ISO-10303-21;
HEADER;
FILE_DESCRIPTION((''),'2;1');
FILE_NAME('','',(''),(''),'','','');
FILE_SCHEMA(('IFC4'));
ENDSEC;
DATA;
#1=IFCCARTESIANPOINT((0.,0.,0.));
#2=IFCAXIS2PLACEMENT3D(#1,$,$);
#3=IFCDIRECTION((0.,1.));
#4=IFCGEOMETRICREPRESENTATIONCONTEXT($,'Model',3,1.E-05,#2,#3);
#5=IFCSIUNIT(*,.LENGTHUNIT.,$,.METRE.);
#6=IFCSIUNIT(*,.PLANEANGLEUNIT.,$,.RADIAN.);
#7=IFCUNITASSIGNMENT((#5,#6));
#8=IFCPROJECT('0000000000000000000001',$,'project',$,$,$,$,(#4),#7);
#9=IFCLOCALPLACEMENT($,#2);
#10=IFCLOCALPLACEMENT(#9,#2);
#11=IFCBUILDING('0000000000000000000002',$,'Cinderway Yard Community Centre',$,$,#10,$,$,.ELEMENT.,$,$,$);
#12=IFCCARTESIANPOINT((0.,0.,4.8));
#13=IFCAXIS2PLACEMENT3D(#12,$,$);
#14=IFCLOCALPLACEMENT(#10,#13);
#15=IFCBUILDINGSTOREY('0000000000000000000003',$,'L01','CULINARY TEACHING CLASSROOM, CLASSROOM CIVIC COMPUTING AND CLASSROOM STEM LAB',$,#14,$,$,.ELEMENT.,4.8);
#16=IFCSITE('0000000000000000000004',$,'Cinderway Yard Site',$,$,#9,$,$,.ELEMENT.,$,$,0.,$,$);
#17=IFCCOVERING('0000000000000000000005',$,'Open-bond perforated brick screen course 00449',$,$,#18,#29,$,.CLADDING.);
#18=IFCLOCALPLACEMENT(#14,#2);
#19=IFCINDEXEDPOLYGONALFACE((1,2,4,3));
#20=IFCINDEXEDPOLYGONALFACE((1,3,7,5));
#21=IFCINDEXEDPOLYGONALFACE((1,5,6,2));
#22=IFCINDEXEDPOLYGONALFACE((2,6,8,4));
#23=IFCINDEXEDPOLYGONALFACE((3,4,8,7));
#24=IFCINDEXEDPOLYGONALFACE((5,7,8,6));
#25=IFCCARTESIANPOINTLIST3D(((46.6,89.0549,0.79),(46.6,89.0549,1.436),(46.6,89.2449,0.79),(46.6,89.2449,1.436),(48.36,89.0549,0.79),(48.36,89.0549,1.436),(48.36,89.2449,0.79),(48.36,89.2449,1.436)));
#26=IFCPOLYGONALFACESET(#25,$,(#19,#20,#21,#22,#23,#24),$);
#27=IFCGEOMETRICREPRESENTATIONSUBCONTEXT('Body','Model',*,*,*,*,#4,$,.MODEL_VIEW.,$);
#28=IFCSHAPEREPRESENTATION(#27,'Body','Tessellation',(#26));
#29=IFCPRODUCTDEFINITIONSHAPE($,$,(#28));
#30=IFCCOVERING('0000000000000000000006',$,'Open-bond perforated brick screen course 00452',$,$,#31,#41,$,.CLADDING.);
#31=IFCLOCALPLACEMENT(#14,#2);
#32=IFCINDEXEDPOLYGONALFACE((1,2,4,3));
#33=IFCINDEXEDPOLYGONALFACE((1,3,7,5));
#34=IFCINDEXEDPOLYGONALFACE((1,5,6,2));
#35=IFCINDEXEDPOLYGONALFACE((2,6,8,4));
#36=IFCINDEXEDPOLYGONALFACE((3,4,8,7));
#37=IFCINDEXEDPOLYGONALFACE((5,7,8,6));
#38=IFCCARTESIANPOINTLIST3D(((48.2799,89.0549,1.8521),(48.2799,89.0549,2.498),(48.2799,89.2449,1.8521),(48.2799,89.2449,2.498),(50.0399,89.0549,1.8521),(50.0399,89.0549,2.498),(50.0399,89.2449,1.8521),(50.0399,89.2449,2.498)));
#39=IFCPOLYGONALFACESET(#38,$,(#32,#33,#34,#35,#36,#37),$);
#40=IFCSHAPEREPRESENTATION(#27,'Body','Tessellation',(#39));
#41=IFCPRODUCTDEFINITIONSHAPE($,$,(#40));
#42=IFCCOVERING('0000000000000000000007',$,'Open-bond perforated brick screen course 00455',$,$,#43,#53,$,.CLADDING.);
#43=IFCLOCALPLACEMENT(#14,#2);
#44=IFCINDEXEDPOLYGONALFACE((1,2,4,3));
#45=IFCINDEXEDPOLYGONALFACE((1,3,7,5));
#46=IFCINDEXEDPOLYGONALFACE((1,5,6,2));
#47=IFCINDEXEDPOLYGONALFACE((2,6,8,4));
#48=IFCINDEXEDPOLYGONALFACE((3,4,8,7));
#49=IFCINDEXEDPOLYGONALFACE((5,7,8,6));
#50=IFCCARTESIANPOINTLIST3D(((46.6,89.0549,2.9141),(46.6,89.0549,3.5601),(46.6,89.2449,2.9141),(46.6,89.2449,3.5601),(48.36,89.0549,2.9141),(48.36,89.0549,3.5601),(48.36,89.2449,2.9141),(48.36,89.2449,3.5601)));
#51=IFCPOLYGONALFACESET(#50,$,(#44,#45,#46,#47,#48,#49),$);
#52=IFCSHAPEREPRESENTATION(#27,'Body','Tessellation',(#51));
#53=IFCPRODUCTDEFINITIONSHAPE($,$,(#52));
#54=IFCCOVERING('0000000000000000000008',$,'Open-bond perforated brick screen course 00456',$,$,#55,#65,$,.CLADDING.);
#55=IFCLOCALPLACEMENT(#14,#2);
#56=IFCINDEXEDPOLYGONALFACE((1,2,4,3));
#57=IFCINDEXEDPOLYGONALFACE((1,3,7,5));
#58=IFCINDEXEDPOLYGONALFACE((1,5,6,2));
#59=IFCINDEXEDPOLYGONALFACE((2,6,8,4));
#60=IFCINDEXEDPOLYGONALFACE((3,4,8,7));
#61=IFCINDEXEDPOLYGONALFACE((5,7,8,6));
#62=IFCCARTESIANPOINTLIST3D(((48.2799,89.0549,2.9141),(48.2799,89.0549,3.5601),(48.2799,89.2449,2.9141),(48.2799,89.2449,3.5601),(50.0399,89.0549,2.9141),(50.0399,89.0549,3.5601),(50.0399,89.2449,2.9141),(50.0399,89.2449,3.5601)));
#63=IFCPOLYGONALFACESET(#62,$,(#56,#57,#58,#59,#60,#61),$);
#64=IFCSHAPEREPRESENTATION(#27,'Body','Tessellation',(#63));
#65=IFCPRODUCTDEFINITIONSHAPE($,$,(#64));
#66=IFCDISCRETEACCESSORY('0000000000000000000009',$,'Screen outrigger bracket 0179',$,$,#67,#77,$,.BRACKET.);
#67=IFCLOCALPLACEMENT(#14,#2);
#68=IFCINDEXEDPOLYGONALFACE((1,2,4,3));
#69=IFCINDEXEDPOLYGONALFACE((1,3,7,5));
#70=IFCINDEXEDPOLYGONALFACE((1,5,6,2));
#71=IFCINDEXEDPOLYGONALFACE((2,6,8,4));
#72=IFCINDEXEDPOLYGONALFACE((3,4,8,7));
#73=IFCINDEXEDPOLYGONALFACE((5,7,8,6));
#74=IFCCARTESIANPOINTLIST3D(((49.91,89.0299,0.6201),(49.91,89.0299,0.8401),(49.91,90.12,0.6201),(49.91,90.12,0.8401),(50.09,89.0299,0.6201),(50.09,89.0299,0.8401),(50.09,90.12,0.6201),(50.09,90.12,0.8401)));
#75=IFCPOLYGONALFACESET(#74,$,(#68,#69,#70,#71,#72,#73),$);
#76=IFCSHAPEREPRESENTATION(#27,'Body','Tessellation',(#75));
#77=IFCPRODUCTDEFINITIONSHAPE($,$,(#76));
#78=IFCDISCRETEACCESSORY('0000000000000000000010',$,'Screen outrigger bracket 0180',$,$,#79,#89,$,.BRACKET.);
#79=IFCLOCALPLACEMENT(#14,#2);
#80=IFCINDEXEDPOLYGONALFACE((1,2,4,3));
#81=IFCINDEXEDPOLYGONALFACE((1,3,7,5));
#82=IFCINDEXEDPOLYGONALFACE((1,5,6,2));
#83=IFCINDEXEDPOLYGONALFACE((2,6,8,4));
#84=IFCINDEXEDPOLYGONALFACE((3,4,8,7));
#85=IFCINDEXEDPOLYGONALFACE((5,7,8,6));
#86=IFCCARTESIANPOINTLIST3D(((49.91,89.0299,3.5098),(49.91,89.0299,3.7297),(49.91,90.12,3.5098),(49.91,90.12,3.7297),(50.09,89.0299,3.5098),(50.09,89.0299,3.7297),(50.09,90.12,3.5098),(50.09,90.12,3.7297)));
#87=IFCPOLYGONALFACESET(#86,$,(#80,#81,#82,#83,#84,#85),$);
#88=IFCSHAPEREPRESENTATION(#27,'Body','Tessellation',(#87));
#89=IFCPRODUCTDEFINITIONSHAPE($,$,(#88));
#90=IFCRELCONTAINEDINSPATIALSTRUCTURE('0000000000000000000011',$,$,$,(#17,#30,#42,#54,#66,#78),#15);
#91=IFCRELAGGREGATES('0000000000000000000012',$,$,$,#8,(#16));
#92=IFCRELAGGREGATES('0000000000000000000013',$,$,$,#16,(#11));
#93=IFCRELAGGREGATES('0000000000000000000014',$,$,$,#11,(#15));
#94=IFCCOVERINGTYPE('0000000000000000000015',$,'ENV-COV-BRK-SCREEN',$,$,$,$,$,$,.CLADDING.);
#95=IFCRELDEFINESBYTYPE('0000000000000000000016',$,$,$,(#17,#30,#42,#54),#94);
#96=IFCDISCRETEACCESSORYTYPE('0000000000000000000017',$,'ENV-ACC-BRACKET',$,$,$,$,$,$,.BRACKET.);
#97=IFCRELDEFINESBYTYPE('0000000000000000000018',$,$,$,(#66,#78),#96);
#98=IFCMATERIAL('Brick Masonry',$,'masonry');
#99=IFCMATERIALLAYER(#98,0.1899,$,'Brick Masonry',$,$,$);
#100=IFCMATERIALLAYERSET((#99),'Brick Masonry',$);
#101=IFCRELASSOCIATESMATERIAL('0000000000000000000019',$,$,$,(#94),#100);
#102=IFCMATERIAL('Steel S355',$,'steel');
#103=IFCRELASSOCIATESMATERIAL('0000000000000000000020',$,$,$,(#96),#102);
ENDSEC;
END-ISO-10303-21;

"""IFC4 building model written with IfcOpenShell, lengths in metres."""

from ifc_helpers import new_model, si_unit, direction, frame, origin, origin_2d, place, context, subcontext, project, spatial, rectangle, extrude, material, layer, layer_set, type_object, element, save


model = new_model("IFC4")

# Units and contexts
model_context = context("Model", 3, precision=1e-05, world=origin(), true_north=direction((0.0, 1.0)))
body_context = subcontext(model_context, "Body", "Model", "MODEL_VIEW")
ifc_project = project(units=[si_unit("LENGTHUNIT", "METRE"), si_unit("PLANEANGLEUNIT", "RADIAN")], contexts=[model_context])

# Site, building, storey
site_placement = place(None, origin())
site = spatial("IfcSite", under=ifc_project, at=site_placement, Name="Cinderway Yard Site", CompositionType="ELEMENT", RefElevation=0.0)
building_placement = place(site_placement, origin())
building = spatial("IfcBuilding", under=site, at=building_placement, Name="Cinderway Yard Community Centre", CompositionType="ELEMENT")
storey_placement = place(building_placement, frame((0.0, 0.0, 4.8)))
storey = spatial("IfcBuildingStorey", under=building, at=storey_placement, Name="L01", Description="CULINARY TEACHING CLASSROOM, CLASSROOM CIVIC COMPUTING AND CLASSROOM STEM LAB", CompositionType="ELEMENT", Elevation=4.8)

# Shared definitions
ifc_material_1 = material(Name="Steel S355", Category="steel")

# Coverings
ifc_material_2 = material(Name="Brick Masonry", Category="masonry")
ifc_layer_1 = layer(ifc_material_2, 0.1899, Name="Brick Masonry")
ifc_layer_set_1 = layer_set([ifc_layer_1], Name="Brick Masonry")
covering_type = type_object("IfcCoveringType", Name="ENV-COV-BRK-SCREEN", PredefinedType="CLADDING", material=ifc_layer_set_1)
for number, where, z_axis, x_axis, name in (
    (1, (47.48, 89.1499, 0.79), (0.0, 0.0, 1.0), (-1.0, 0.0, 0.0), "Open-bond perforated brick screen course 00449"),
    (2, (49.1599, 89.1499, 1.8521), (0.0, 0.0, 1.0), (-1.0, 0.0, 0.0), "Open-bond perforated brick screen course 00452"),
    (3, (47.48, 89.1499, 2.9141), (0.0, 0.0, 1.0), (-1.0, 0.0, 0.0), "Open-bond perforated brick screen course 00455"),
    (4, (49.1599, 89.1499, 2.9141), (0.0, 0.0, 1.0), (-1.0, 0.0, 0.0), "Open-bond perforated brick screen course 00456"),
):
    element("IfcCovering", number, at=place(storey_placement, frame(where, z_axis=z_axis, x_axis=x_axis)), inside=storey, type_object=covering_type, Name=name, PredefinedType="CLADDING", context=body_context, shape_type="SweptSolid", body=[
        extrude(rectangle(XDim=1.76, YDim=0.1899, at=origin_2d()), origin(), (0.0, 0.0, 1.0), 0.646),
    ])

# Discrete accessories
discrete_accessory_type = type_object("IfcDiscreteAccessoryType", Name="ENV-ACC-BRACKET", PredefinedType="BRACKET", material=ifc_material_1)
for number, where, z_axis, x_axis, name in (
    (5, (50.0, 89.575, 0.6201), (0.0, 0.0, 1.0), (0.0, -1.0, 0.0), "Screen outrigger bracket 0179"),
    (6, (50.0, 89.575, 3.5098), (0.0, 0.0, 1.0), (0.0, -1.0, 0.0), "Screen outrigger bracket 0180"),
):
    element("IfcDiscreteAccessory", number, at=place(storey_placement, frame(where, z_axis=z_axis, x_axis=x_axis)), inside=storey, type_object=discrete_accessory_type, Name=name, PredefinedType="BRACKET", context=body_context, shape_type="SweptSolid", body=[
        extrude(rectangle(XDim=1.0901, YDim=0.1799, at=origin_2d()), origin(), (0.0, 0.0, 1.0), 0.22),
    ])

save(model, "model.ifc")
